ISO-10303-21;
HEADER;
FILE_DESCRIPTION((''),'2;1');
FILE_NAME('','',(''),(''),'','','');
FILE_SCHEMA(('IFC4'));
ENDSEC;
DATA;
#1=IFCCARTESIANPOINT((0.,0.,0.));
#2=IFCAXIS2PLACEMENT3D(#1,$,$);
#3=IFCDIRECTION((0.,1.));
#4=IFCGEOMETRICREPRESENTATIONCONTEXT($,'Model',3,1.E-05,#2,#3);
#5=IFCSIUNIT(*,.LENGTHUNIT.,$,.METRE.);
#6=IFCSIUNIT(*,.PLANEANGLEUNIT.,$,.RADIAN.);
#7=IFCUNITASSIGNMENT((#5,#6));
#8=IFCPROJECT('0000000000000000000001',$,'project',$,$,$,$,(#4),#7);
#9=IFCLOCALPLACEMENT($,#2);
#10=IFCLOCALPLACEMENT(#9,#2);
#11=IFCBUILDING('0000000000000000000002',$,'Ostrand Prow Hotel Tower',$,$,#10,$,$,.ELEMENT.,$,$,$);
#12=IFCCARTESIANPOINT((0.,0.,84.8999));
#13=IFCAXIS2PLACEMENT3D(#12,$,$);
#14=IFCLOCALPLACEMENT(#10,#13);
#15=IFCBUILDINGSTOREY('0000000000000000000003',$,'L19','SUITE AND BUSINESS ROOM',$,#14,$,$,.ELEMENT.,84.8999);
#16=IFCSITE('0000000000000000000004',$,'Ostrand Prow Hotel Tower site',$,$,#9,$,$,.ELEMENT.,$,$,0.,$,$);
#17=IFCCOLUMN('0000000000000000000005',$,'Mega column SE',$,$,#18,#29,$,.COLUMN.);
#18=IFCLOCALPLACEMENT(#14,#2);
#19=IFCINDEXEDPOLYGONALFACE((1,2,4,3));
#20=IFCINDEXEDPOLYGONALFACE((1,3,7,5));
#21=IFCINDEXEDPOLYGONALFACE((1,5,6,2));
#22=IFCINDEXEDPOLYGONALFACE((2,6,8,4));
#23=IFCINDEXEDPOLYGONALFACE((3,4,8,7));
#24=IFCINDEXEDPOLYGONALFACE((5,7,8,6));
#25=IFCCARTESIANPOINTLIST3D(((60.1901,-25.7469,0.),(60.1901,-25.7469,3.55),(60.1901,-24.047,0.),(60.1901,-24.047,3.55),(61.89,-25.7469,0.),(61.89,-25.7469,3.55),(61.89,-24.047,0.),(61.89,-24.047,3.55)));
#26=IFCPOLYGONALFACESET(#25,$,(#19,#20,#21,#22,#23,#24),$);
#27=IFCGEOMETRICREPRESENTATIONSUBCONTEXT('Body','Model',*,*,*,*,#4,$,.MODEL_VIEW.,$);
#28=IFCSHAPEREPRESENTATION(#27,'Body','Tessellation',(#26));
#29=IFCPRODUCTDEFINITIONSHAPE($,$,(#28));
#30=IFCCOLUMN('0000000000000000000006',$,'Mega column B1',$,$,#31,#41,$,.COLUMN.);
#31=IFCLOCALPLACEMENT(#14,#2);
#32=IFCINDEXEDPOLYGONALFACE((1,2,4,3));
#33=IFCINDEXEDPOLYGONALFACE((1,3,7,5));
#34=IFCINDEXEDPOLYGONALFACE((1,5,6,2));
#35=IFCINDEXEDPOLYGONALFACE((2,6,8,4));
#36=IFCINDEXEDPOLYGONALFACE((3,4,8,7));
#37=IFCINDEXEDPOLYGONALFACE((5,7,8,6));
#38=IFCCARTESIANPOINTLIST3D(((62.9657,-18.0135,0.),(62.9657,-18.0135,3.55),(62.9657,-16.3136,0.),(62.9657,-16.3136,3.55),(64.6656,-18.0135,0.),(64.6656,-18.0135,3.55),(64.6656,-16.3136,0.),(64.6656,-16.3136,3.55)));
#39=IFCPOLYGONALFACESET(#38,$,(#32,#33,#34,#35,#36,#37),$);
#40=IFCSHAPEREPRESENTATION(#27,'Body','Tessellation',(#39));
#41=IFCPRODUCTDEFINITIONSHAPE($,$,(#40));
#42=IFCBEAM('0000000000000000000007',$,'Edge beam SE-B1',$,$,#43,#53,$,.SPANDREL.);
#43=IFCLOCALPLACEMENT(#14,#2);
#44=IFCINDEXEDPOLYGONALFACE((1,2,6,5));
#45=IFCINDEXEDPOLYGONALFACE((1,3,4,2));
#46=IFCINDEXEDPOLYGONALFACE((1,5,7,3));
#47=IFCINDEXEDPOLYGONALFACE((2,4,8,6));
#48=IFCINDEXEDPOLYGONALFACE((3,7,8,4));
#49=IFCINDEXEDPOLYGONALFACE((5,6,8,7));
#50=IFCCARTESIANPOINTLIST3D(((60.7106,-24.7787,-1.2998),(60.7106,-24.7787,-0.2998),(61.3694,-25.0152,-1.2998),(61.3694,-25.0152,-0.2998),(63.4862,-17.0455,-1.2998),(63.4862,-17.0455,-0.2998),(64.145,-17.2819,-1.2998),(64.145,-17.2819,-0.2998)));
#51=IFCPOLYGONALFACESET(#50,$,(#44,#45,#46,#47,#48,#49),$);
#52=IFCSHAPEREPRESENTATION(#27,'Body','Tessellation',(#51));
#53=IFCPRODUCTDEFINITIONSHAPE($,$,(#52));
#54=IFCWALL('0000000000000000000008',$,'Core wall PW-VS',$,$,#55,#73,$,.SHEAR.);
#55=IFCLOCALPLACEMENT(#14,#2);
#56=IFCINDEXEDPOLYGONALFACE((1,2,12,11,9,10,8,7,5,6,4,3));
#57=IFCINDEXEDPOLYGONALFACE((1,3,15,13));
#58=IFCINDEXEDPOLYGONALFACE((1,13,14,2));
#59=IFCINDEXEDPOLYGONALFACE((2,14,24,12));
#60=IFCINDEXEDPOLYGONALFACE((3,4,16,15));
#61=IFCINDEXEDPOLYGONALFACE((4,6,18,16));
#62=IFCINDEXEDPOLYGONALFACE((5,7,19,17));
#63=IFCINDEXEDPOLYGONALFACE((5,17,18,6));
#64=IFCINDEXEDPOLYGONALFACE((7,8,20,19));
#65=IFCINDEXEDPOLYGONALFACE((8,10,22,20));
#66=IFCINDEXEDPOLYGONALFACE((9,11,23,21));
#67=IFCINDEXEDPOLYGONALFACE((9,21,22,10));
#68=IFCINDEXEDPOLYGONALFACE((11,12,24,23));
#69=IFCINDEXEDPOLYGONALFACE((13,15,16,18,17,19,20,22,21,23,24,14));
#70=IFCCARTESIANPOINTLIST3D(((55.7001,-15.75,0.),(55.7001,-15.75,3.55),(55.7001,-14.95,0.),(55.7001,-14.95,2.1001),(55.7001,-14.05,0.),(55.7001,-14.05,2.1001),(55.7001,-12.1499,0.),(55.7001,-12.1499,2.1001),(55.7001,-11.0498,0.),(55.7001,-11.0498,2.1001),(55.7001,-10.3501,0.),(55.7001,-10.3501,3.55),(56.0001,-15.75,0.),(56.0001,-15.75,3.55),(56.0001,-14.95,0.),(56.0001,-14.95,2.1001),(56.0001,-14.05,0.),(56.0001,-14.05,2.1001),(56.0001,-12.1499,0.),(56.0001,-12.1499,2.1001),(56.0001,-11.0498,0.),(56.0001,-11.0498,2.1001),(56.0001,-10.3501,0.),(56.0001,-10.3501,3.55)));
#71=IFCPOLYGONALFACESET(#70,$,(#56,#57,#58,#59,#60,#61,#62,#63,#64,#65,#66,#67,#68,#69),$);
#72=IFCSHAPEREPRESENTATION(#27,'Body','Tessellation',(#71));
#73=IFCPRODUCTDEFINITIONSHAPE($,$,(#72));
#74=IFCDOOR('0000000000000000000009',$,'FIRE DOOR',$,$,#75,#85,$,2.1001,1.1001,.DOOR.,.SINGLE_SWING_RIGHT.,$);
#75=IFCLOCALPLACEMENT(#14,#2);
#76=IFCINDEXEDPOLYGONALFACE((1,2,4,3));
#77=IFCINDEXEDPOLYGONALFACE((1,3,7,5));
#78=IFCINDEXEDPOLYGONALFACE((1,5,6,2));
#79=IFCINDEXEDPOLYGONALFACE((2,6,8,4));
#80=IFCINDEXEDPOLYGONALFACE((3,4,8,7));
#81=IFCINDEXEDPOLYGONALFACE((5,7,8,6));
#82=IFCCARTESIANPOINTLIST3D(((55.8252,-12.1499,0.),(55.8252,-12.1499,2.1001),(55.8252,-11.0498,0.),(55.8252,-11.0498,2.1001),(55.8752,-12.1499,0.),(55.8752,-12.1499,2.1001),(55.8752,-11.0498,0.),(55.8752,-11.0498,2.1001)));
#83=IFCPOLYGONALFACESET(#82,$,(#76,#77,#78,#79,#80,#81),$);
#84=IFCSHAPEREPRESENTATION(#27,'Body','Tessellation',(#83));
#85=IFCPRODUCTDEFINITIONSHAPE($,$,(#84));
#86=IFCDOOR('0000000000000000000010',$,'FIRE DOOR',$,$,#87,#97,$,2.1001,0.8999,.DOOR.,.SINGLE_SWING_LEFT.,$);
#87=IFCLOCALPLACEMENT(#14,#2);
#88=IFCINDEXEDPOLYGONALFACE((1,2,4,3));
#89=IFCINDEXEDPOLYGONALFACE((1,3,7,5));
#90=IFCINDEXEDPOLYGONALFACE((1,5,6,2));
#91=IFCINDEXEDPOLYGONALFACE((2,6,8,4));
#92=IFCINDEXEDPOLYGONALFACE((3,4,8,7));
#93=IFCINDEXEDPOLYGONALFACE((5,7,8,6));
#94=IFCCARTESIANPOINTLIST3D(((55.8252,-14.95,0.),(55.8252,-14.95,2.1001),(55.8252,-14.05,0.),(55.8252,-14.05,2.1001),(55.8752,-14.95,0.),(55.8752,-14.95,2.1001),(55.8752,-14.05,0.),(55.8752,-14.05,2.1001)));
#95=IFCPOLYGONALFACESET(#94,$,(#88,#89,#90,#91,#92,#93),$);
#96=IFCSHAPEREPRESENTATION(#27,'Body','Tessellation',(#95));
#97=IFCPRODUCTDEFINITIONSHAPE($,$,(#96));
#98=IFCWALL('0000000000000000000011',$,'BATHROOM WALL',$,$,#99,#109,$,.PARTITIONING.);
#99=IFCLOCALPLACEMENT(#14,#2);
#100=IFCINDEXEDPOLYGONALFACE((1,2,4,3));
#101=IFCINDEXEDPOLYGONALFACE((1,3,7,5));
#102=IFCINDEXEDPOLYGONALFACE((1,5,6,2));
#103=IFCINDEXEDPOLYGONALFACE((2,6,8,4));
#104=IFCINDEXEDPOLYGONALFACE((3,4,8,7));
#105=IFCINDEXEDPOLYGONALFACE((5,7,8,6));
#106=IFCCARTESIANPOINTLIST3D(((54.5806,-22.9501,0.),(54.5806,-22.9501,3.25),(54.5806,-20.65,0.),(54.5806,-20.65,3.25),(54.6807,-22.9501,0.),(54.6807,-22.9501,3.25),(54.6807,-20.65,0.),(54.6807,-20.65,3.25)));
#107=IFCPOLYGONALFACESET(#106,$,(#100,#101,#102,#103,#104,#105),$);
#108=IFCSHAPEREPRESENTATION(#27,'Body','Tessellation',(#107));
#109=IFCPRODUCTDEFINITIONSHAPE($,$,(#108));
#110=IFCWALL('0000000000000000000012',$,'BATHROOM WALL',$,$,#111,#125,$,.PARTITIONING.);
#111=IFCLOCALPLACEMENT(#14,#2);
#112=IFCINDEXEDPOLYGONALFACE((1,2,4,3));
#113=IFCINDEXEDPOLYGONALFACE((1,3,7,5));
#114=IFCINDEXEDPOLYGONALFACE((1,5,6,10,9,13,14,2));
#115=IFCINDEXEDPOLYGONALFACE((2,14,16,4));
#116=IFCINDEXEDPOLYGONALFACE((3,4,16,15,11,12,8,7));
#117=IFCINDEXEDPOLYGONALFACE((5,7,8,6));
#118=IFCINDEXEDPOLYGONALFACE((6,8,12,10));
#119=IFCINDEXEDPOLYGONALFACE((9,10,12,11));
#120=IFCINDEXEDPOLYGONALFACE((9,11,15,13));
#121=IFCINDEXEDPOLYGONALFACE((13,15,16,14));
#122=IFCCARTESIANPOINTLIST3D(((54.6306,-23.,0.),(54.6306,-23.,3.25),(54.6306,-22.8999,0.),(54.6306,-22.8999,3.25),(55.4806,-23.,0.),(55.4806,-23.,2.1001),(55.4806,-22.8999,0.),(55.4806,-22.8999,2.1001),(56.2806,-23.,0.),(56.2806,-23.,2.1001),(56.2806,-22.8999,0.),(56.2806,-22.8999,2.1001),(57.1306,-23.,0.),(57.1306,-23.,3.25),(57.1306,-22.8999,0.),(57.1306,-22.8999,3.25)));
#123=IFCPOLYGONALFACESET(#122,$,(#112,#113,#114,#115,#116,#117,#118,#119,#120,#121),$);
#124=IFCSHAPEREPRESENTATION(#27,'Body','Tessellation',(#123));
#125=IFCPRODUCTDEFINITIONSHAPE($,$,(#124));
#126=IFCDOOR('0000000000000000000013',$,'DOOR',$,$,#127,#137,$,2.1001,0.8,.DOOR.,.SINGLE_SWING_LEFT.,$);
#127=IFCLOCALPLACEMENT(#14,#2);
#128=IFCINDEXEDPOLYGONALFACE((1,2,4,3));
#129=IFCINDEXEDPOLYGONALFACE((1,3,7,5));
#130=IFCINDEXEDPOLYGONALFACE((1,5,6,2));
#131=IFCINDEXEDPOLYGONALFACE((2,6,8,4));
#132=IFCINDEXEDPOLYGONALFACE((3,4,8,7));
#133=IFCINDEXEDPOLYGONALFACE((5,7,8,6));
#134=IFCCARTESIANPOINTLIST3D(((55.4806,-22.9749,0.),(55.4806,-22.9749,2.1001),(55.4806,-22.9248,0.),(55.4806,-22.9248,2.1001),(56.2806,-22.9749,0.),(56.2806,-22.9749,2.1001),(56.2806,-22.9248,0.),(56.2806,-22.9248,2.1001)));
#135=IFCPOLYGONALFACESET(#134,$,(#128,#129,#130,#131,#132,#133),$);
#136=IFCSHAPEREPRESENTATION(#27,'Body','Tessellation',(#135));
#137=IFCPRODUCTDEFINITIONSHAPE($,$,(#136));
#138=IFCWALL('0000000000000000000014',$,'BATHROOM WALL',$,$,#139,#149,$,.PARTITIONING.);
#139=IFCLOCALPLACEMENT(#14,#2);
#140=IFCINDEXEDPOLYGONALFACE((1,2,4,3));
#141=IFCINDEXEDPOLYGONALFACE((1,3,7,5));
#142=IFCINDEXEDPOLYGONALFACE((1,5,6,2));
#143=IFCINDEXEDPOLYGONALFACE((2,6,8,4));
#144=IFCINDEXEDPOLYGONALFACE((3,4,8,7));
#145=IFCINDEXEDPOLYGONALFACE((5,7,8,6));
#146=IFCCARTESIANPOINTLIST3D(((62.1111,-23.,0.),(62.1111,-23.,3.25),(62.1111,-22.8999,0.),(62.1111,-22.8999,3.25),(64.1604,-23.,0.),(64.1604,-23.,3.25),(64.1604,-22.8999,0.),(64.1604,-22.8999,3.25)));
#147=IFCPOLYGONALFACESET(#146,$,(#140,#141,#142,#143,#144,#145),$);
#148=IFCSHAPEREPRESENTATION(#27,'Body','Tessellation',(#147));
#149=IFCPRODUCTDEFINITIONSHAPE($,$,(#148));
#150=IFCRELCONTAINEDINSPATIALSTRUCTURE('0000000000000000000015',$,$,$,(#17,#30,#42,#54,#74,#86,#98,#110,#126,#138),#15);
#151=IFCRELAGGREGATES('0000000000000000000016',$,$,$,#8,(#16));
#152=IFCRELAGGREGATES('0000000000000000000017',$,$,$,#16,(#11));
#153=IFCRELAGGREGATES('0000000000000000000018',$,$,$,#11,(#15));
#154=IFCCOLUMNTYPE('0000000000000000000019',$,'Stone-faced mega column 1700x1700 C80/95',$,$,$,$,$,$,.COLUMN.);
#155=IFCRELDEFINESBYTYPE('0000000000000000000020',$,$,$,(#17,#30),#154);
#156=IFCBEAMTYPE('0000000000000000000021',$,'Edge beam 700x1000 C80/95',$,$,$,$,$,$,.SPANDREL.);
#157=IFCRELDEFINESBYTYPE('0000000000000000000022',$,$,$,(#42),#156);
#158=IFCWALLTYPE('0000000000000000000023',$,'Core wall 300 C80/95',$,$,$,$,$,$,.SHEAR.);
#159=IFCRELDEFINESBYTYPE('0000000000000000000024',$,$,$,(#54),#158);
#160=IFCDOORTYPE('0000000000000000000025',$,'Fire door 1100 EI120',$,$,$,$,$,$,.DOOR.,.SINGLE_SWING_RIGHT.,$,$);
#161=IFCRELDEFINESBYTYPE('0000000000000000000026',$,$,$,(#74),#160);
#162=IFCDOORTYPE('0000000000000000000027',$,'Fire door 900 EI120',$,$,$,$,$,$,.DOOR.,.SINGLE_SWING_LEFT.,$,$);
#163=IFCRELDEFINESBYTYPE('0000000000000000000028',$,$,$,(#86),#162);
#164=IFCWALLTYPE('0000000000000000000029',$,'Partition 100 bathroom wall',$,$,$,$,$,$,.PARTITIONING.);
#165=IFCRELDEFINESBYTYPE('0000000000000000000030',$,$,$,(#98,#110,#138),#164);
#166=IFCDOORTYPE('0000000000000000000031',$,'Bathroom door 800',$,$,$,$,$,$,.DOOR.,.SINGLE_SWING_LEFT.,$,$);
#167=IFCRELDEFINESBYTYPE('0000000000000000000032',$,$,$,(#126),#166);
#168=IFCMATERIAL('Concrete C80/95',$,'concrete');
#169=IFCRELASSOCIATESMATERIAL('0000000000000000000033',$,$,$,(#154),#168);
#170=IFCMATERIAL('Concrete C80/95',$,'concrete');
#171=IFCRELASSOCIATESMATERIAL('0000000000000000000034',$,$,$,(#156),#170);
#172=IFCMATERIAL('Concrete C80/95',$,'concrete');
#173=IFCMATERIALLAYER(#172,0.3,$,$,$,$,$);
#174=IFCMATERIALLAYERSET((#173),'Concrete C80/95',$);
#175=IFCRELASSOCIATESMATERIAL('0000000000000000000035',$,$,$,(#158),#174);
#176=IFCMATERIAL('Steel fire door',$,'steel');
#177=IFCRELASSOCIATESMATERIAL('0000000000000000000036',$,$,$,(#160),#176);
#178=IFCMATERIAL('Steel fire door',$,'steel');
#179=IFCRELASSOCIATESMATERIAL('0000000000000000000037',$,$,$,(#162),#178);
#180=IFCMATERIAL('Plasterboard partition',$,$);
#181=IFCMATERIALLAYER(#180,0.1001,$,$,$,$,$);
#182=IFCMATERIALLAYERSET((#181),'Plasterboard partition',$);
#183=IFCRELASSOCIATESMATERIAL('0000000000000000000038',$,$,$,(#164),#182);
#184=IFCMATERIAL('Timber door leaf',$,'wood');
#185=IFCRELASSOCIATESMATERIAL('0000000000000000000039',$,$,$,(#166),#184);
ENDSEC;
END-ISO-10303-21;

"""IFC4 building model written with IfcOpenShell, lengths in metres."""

from ifc_helpers import new_model, si_unit, direction, frame, frame_2d, origin, origin_2d, place, context, subcontext, project, spatial, rectangle, extrude, material, layer, layer_set, material_profile, profile_set, type_object, element, fill, save


model = new_model("IFC4")

# Units and contexts
model_context = context("Model", 3, precision=1e-05, world=origin(), true_north=direction((0.0, 1.0)))
body_context = subcontext(model_context, "Body", "Model", "MODEL_VIEW")
ifc_project = project(units=[si_unit("LENGTHUNIT", "METRE"), si_unit("PLANEANGLEUNIT", "RADIAN")], contexts=[model_context])

# Site, building, storey
site_placement = place(None, origin())
site = spatial("IfcSite", under=ifc_project, at=site_placement, Name="Ostrand Prow Hotel Tower site", CompositionType="ELEMENT", RefElevation=0.0)
building_placement = place(site_placement, origin())
building = spatial("IfcBuilding", under=site, at=building_placement, Name="Ostrand Prow Hotel Tower", CompositionType="ELEMENT")
storey_placement = place(building_placement, frame((0.0, 0.0, 84.8999)))
storey = spatial("IfcBuildingStorey", under=building, at=storey_placement, Name="L19", Description="SUITE AND BUSINESS ROOM", CompositionType="ELEMENT", Elevation=84.8999)

# Columns
ifc_material_1 = material(Name="Concrete C80/95", Category="concrete")
ifc_material_profile_1 = material_profile(ifc_material_1, rectangle(XDim=1.7, YDim=1.7, at=origin_2d()), Name="RC 1700x1700")
ifc_profile_set_1 = profile_set([ifc_material_profile_1], Name="Concrete C80/95")
column_type = type_object("IfcColumnType", Name="Stone-faced mega column 1700x1700 C80/95", PredefinedType="COLUMN", material=ifc_profile_set_1)
for number, where, z_axis, x_axis, name in (
    (1, (61.04, -24.897, 0.0), (0.0, 0.0, 1.0), (1.0, 0.0, 0.0), "Mega column SE"),
    (2, (63.8157, -17.1636, 0.0), (0.0, 0.0, 1.0), (1.0, 0.0, 0.0), "Mega column B1"),
):
    element("IfcColumn", number, at=place(storey_placement, frame(where, z_axis=z_axis, x_axis=x_axis)), inside=storey, type_object=column_type, Name=name, PredefinedType="COLUMN", context=body_context, shape_type="SweptSolid", body=[
        extrude(rectangle(XDim=1.7, YDim=1.7, at=origin_2d()), origin(), (0.0, 0.0, 1.0), 3.55),
    ])

# Beam
ifc_material_2 = material(Name="Concrete C80/95", Category="concrete")
ifc_material_profile_2 = material_profile(ifc_material_2, rectangle(XDim=0.7, YDim=1.0, at=origin_2d()), Name="RC 700x1000")
ifc_profile_set_2 = profile_set([ifc_material_profile_2], Name="Concrete C80/95")
beam_type = type_object("IfcBeamType", Name="Edge beam 700x1000 C80/95", PredefinedType="SPANDREL", material=ifc_profile_set_2)
beam_placement = place(storey_placement, frame((61.04, -24.897, -0.7998), z_axis=(0.337815, 0.941212, 0.0), x_axis=(-0.941212, 0.337815, 0.0)))
element("IfcBeam", 3, at=beam_placement, inside=storey, type_object=beam_type, Name="Edge beam SE-B1", PredefinedType="SPANDREL", context=body_context, shape_type="SweptSolid", body=[
    extrude(rectangle(XDim=0.7, YDim=1.0, at=origin_2d()), origin(), (0.0, 0.0, 1.0), 8.2163),
])

# Wall, openings, doors
ifc_material_3 = material(Name="Concrete C80/95", Category="concrete")
ifc_layer_1 = layer(ifc_material_3, 0.3)
ifc_layer_set_1 = layer_set([ifc_layer_1], Name="Concrete C80/95")
wall_type_1 = type_object("IfcWallType", Name="Core wall 300 C80/95", PredefinedType="SHEAR", material=ifc_layer_set_1)
wall_1_placement = place(storey_placement, frame((55.8501, -15.75, 0.0), z_axis=(0.0, 0.0, 1.0), x_axis=(0.0, 1.0, 0.0)))
wall_1 = element("IfcWall", 4, at=wall_1_placement, inside=storey, type_object=wall_type_1, Name="Core wall PW-VS", PredefinedType="SHEAR", context=body_context, shape_type="SweptSolid", body=[
    extrude(rectangle(XDim=5.3999, YDim=0.3, at=frame_2d((2.7, 0.0))), origin(), (0.0, 0.0, 1.0), 3.55),
])
opening_1_placement = place(wall_1_placement, frame((3.6001, 0.0, 0.0)))
opening_1 = element("IfcOpeningElement", 5, at=opening_1_placement, cuts=wall_1, PredefinedType="OPENING", context=body_context, shape_type="SweptSolid", body=[
    extrude(rectangle(XDim=1.1001, YDim=2.1001, at=frame_2d((0.55, 1.05))), frame((0.0, 0.1599, 0.0), z_axis=(0.0, -1.0, 0.0), x_axis=(1.0, 0.0, 0.0)), (0.0, 0.0, 1.0), 0.3201),
])
opening_2_placement = place(wall_1_placement, frame((0.8, 0.0, 0.0)))
opening_2 = element("IfcOpeningElement", 6, at=opening_2_placement, cuts=wall_1, PredefinedType="OPENING", context=body_context, shape_type="SweptSolid", body=[
    extrude(rectangle(XDim=0.8999, YDim=2.1001, at=frame_2d((0.45, 1.05))), frame((0.0, 0.1599, 0.0), z_axis=(0.0, -1.0, 0.0), x_axis=(1.0, 0.0, 0.0)), (0.0, 0.0, 1.0), 0.3201),
])
ifc_material_4 = material(Name="Steel fire door", Category="steel")
door_type_1 = type_object("IfcDoorType", Name="Fire door 1100 EI120", OperationType="SINGLE_SWING_RIGHT", PredefinedType="DOOR", material=ifc_material_4)
door_1_placement = place(opening_1_placement, origin())
door_1 = element("IfcDoor", 7, at=door_1_placement, inside=storey, type_object=door_type_1, Name="FIRE DOOR", OperationType="SINGLE_SWING_RIGHT", OverallHeight=2.1001, OverallWidth=1.1001, PredefinedType="DOOR", context=body_context, shape_type="SweptSolid", body=[
    extrude(rectangle(XDim=1.1001, YDim=2.1001, at=frame_2d((0.55, 1.05))), frame((0.0, 0.0249, 0.0), z_axis=(0.0, -1.0, 0.0), x_axis=(1.0, 0.0, 0.0)), (0.0, 0.0, 1.0), 0.05),
])
fill(opening_1, door_1)
ifc_material_5 = material(Name="Steel fire door", Category="steel")
door_type_2 = type_object("IfcDoorType", Name="Fire door 900 EI120", OperationType="SINGLE_SWING_LEFT", PredefinedType="DOOR", material=ifc_material_5)
door_2_placement = place(opening_2_placement, origin())
door_2 = element("IfcDoor", 8, at=door_2_placement, inside=storey, type_object=door_type_2, Name="FIRE DOOR", OperationType="SINGLE_SWING_LEFT", OverallHeight=2.1001, OverallWidth=0.8999, PredefinedType="DOOR", context=body_context, shape_type="SweptSolid", body=[
    extrude(rectangle(XDim=0.8999, YDim=2.1001, at=frame_2d((0.45, 1.05))), frame((0.0, 0.0249, 0.0), z_axis=(0.0, -1.0, 0.0), x_axis=(1.0, 0.0, 0.0)), (0.0, 0.0, 1.0), 0.05),
])
fill(opening_2, door_2)

# Wall
ifc_material_6 = material(Name="Plasterboard partition")
ifc_layer_2 = layer(ifc_material_6, 0.1001)
ifc_layer_set_2 = layer_set([ifc_layer_2], Name="Plasterboard partition")
wall_type_2 = type_object("IfcWallType", Name="Partition 100 bathroom wall", PredefinedType="PARTITIONING", material=ifc_layer_set_2)
wall_2_placement = place(storey_placement, frame((54.6306, -22.95, 0.0), z_axis=(0.0, 0.0, 1.0), x_axis=(0.0, 1.0, 0.0)))
element("IfcWall", 9, at=wall_2_placement, inside=storey, type_object=wall_type_2, Name="BATHROOM WALL", PredefinedType="PARTITIONING", context=body_context, shape_type="SweptSolid", body=[
    extrude(rectangle(XDim=2.3, YDim=0.1001, at=frame_2d((1.1499, 0.0))), origin(), (0.0, 0.0, 1.0), 3.25),
])

# Wall, opening, door
wall_3_placement = place(storey_placement, frame((57.1306, -22.95, 0.0), z_axis=(0.0, 0.0, 1.0), x_axis=(-1.0, 0.0, 0.0)))
wall_3 = element("IfcWall", 10, at=wall_3_placement, inside=storey, type_object=wall_type_2, Name="BATHROOM WALL", PredefinedType="PARTITIONING", context=body_context, shape_type="SweptSolid", body=[
    extrude(rectangle(XDim=2.5, YDim=0.1001, at=frame_2d((1.25, 0.0))), origin(), (0.0, 0.0, 1.0), 3.25),
])
opening_3_placement = place(wall_3_placement, frame((0.8501, 0.0, 0.0)))
opening_3 = element("IfcOpeningElement", 11, at=opening_3_placement, cuts=wall_3, PredefinedType="OPENING", context=body_context, shape_type="SweptSolid", body=[
    extrude(rectangle(XDim=0.8, YDim=2.1001, at=frame_2d((0.3999, 1.05))), frame((0.0, 0.0601, 0.0), z_axis=(0.0, -1.0, 0.0), x_axis=(1.0, 0.0, 0.0)), (0.0, 0.0, 1.0), 0.1201),
])
ifc_material_7 = material(Name="Timber door leaf", Category="wood")
door_type_3 = type_object("IfcDoorType", Name="Bathroom door 800", OperationType="SINGLE_SWING_LEFT", PredefinedType="DOOR", material=ifc_material_7)
door_3_placement = place(opening_3_placement, origin())
door_3 = element("IfcDoor", 12, at=door_3_placement, inside=storey, type_object=door_type_3, Name="DOOR", OperationType="SINGLE_SWING_LEFT", OverallHeight=2.1001, OverallWidth=0.8, PredefinedType="DOOR", context=body_context, shape_type="SweptSolid", body=[
    extrude(rectangle(XDim=0.8, YDim=2.1001, at=frame_2d((0.3999, 1.05))), frame((0.0, 0.0249, 0.0), z_axis=(0.0, -1.0, 0.0), x_axis=(1.0, 0.0, 0.0)), (0.0, 0.0, 1.0), 0.05),
])
fill(opening_3, door_3)

# Wall
wall_4_placement = place(storey_placement, frame((64.1604, -22.95, 0.0), z_axis=(0.0, 0.0, 1.0), x_axis=(-1.0, 0.0, 0.0)))
element("IfcWall", 13, at=wall_4_placement, inside=storey, type_object=wall_type_2, Name="BATHROOM WALL", PredefinedType="PARTITIONING", context=body_context, shape_type="SweptSolid", body=[
    extrude(rectangle(XDim=2.0493, YDim=0.1001, at=frame_2d((1.0247, 0.0))), origin(), (0.0, 0.0, 1.0), 3.25),
])

save(model, "model.ifc")
